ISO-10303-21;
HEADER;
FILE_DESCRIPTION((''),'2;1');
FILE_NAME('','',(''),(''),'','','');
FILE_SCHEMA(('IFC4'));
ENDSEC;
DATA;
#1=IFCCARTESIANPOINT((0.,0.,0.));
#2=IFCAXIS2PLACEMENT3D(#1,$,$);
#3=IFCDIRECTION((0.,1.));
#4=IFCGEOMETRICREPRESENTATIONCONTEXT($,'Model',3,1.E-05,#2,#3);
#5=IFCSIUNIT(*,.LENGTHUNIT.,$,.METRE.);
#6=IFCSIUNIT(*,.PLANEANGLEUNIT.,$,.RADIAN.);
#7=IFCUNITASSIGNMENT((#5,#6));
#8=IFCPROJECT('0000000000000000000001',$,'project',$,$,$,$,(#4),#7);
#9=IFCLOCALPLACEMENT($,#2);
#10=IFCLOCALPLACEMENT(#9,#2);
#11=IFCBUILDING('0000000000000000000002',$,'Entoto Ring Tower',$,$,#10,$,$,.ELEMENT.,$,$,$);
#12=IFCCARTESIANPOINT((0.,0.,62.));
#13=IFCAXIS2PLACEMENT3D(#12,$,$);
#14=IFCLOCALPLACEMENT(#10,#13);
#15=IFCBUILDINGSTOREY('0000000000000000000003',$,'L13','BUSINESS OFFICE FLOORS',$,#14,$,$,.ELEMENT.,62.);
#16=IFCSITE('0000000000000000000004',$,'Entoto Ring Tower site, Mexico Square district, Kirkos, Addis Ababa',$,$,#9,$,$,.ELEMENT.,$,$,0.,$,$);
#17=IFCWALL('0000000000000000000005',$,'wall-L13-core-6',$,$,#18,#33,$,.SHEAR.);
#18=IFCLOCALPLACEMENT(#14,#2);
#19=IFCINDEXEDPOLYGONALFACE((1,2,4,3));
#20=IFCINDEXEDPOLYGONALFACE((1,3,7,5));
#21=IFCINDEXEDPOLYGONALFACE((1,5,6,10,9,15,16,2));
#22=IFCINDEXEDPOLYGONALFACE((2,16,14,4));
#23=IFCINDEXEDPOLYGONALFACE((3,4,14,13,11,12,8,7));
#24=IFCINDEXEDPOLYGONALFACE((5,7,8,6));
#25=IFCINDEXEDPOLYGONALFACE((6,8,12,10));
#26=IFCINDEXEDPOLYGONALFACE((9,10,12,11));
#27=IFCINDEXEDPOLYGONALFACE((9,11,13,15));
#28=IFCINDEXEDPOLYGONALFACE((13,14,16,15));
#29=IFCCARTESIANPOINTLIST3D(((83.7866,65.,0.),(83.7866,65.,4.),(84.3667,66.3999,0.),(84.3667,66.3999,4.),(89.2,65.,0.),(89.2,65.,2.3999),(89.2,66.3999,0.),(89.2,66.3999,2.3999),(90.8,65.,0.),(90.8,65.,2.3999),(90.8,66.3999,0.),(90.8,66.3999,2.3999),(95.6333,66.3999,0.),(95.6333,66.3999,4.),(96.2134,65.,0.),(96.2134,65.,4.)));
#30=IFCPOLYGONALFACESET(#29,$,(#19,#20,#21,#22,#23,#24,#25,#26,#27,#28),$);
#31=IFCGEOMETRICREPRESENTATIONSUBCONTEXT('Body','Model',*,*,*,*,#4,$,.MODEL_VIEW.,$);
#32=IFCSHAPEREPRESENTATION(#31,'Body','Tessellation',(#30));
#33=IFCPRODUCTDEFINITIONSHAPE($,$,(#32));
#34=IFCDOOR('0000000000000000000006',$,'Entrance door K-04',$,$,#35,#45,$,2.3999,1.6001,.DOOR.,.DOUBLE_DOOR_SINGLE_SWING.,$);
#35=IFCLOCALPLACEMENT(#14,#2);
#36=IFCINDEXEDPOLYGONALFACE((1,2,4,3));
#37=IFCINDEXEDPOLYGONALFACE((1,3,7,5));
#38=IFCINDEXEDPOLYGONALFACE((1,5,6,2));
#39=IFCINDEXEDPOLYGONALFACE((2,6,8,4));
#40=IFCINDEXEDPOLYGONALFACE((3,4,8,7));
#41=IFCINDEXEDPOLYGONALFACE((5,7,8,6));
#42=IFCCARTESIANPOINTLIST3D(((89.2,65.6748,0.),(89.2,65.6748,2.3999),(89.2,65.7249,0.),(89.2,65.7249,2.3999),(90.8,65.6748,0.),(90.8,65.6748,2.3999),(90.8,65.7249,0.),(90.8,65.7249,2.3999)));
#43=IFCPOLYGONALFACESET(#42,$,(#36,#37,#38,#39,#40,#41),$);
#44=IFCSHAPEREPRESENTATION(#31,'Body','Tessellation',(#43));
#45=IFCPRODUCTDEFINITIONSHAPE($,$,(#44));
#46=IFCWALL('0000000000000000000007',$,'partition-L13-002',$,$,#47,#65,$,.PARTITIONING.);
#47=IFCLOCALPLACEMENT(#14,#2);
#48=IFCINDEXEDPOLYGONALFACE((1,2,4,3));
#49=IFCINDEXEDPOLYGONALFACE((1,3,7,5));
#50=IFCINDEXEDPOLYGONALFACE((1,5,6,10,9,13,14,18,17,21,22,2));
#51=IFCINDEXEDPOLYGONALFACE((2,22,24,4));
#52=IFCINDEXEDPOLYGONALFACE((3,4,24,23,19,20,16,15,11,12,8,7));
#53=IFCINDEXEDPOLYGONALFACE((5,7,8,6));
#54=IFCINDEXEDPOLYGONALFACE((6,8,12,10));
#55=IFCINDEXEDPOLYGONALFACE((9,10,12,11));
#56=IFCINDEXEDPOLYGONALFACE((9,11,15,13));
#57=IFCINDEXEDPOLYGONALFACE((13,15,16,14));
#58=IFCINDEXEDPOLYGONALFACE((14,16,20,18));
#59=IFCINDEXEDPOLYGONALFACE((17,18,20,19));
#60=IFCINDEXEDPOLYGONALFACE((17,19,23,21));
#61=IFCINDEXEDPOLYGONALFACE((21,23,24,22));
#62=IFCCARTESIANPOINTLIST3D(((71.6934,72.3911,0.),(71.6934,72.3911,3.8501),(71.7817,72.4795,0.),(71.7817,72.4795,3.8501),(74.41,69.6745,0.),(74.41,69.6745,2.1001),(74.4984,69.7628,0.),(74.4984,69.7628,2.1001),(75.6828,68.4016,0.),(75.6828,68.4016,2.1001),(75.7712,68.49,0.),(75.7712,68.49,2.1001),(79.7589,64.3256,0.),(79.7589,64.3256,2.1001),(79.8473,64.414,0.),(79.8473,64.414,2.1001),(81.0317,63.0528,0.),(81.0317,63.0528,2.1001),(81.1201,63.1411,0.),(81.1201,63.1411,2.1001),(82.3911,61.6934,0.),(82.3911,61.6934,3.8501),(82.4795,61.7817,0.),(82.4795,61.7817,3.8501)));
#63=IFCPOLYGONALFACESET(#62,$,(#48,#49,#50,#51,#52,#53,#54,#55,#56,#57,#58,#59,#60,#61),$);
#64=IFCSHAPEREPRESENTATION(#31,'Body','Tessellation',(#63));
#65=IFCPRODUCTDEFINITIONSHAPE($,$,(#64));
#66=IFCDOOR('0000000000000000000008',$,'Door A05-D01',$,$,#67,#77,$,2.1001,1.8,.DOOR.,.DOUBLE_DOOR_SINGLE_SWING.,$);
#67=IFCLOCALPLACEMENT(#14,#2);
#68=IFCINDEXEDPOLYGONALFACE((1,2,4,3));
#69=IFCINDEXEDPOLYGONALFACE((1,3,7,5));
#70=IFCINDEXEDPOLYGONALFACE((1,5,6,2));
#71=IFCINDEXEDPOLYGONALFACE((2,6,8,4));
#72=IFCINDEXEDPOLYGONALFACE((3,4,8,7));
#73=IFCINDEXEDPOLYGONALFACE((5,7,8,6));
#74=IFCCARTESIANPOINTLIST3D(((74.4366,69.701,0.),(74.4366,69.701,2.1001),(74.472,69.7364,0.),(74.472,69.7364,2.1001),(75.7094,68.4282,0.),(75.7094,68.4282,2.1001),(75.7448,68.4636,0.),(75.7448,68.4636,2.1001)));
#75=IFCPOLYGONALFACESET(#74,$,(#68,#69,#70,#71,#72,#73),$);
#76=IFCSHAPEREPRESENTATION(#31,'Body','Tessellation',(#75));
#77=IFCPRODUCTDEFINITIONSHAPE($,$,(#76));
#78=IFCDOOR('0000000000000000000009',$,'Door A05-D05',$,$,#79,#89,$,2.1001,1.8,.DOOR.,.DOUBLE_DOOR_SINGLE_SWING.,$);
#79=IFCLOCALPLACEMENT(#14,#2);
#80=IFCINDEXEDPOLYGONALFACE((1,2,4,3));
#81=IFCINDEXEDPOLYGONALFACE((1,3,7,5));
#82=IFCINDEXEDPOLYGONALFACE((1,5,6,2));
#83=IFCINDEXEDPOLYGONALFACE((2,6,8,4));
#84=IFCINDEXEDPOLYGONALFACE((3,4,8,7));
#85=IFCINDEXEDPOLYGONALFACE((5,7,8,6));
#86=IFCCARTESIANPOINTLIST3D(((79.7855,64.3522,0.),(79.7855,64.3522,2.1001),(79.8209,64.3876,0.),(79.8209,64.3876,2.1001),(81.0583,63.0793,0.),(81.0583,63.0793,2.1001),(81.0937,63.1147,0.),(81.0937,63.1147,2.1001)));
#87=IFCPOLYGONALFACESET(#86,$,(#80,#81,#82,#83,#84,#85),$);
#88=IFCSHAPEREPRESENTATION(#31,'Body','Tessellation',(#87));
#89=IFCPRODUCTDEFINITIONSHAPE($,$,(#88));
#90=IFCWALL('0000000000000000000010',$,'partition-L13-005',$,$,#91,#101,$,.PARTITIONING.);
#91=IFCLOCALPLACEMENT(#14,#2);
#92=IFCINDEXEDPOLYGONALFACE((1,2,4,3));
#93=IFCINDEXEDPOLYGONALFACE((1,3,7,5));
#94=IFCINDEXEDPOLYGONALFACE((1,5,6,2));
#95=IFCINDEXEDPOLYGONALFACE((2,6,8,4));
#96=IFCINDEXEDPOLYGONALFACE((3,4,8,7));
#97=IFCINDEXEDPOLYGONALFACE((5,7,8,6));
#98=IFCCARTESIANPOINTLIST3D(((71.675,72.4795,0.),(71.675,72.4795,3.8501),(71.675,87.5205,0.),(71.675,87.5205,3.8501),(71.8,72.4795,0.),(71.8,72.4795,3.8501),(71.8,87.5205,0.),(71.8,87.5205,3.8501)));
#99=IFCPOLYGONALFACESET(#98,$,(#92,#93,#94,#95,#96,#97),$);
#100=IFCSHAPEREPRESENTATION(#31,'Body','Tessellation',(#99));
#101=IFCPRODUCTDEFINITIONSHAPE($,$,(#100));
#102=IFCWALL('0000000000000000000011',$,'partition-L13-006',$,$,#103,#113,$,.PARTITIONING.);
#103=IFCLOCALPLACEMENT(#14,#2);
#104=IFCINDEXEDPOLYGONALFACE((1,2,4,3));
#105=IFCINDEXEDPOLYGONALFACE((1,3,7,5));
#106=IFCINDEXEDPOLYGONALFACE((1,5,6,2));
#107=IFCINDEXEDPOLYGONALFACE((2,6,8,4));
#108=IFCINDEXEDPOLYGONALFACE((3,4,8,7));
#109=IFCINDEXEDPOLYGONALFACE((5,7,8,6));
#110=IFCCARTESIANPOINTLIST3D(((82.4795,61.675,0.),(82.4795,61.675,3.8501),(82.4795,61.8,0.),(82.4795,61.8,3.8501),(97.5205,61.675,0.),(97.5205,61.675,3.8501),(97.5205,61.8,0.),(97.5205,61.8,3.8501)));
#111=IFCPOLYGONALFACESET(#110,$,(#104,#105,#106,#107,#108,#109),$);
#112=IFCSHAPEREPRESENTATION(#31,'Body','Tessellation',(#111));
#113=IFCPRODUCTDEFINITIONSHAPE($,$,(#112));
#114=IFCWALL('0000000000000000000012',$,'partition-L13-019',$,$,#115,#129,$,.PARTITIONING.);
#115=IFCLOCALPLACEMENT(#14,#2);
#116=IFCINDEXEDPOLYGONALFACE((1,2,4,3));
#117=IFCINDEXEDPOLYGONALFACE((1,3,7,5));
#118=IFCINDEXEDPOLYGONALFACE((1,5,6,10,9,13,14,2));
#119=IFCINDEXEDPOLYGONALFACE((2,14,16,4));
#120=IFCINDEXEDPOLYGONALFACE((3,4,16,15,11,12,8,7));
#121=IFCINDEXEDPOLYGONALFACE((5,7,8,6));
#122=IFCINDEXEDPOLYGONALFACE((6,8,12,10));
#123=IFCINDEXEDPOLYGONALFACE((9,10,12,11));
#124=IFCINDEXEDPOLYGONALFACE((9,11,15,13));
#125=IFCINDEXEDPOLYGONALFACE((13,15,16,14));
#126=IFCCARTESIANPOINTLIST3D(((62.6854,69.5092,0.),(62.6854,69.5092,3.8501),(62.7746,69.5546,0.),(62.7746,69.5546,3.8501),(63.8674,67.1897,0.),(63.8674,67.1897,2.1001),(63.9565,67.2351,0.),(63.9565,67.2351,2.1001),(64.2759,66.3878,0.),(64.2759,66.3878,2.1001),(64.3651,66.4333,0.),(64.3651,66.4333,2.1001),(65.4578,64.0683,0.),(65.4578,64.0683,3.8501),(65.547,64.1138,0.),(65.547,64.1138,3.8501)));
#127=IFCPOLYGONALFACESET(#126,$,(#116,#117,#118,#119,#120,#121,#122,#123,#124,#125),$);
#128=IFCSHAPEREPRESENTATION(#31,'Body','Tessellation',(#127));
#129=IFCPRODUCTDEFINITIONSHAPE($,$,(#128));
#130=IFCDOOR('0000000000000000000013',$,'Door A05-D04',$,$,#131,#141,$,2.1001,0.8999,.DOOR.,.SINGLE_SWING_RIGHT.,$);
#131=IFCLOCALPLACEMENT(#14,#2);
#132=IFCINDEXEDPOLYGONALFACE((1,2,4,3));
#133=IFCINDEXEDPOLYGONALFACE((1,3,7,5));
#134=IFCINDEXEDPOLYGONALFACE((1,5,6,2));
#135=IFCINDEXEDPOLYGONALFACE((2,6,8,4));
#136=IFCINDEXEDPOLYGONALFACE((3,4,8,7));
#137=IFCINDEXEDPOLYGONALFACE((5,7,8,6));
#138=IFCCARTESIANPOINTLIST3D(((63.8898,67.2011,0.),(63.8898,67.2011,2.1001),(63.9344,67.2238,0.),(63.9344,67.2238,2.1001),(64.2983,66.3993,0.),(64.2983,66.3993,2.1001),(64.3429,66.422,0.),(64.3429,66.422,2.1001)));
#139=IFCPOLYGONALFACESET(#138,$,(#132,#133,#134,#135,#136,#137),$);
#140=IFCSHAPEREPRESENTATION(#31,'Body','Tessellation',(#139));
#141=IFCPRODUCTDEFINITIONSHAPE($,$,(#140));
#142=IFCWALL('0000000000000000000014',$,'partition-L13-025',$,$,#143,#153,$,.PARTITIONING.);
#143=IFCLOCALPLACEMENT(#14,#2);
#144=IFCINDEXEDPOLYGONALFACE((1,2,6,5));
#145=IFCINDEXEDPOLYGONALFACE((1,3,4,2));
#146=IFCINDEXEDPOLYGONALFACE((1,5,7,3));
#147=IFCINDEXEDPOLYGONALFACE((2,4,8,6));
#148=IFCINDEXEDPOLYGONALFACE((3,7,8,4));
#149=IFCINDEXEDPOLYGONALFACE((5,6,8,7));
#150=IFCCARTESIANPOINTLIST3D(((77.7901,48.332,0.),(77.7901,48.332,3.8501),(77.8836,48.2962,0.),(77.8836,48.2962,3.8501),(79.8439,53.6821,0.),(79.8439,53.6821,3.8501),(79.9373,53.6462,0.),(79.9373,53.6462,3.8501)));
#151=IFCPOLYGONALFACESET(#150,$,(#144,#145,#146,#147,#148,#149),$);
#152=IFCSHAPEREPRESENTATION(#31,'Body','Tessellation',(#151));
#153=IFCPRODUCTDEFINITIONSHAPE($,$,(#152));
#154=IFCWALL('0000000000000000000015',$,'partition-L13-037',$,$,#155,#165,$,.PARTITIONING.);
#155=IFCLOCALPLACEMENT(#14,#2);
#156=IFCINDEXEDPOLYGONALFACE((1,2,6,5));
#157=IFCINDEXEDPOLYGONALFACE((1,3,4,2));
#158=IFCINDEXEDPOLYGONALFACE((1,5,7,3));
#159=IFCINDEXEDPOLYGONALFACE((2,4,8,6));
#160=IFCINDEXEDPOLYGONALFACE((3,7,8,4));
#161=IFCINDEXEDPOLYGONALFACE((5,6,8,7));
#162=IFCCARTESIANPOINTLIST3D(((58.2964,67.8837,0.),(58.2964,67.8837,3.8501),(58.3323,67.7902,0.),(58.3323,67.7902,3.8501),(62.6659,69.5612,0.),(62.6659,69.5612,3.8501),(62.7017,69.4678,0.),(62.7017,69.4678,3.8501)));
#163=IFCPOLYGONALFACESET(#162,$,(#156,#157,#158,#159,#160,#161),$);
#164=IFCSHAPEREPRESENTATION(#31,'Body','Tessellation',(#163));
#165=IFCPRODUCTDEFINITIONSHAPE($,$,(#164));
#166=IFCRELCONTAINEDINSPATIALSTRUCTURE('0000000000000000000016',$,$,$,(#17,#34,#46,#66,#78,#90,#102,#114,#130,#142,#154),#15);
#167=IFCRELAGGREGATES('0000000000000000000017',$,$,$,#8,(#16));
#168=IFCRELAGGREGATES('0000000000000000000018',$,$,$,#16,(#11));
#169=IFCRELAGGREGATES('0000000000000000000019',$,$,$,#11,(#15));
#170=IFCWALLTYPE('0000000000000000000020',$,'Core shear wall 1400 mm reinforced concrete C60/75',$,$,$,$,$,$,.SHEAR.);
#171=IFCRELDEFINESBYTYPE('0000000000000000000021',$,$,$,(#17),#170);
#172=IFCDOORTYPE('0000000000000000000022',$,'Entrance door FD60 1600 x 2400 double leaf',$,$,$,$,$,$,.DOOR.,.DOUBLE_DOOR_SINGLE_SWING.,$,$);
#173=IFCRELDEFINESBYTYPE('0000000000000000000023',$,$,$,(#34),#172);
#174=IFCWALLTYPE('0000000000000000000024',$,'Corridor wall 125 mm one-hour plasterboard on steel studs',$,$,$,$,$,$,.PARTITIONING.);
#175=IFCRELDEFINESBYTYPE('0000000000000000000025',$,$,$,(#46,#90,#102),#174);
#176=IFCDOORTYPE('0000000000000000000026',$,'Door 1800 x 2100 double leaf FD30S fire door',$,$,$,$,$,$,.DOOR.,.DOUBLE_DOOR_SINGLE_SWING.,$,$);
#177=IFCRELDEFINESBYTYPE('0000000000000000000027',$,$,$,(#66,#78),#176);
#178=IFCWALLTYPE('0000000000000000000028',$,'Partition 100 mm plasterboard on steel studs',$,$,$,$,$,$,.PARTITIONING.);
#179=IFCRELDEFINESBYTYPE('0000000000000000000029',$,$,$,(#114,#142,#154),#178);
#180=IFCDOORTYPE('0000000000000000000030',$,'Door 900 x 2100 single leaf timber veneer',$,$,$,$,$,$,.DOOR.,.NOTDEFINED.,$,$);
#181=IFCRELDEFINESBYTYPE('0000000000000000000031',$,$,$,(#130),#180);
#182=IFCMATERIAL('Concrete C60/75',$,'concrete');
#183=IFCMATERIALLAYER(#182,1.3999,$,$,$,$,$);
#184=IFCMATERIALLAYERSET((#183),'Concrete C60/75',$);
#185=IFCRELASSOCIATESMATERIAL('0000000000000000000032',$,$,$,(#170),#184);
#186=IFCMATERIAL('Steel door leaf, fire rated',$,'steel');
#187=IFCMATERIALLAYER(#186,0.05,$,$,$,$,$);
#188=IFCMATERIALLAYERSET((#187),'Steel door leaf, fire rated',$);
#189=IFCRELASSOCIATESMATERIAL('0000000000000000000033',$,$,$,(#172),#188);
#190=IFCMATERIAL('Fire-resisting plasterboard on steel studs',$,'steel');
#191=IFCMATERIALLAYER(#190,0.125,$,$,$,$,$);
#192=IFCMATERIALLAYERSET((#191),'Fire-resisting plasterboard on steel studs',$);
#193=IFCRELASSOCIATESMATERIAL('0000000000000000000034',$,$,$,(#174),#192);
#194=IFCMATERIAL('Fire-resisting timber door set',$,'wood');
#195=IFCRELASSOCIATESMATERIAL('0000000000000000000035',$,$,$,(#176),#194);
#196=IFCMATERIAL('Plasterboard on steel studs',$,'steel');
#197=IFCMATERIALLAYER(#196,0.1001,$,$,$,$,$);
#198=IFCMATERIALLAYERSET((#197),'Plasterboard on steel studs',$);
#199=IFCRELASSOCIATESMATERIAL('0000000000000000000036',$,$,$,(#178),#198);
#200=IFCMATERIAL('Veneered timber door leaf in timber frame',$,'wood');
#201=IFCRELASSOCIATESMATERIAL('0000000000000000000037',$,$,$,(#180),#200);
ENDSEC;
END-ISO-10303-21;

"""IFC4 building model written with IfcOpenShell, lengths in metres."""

from ifc_helpers import new_model, si_unit, direction, frame, frame_2d, origin, place, context, subcontext, project, spatial, polyline, rectangle, outline, extrude, material, layer, layer_set, type_object, element, fill, save


model = new_model("IFC4")

# Units and contexts
model_context = context("Model", 3, precision=1e-05, world=origin(), true_north=direction((0.0, 1.0)))
body_context = subcontext(model_context, "Body", "Model", "MODEL_VIEW")
ifc_project = project(units=[si_unit("LENGTHUNIT", "METRE"), si_unit("PLANEANGLEUNIT", "RADIAN")], contexts=[model_context])

# Site, building, storey
site_placement = place(None, origin())
site = spatial("IfcSite", under=ifc_project, at=site_placement, Name="Entoto Ring Tower site, Mexico Square district, Kirkos, Addis Ababa", CompositionType="ELEMENT", RefElevation=0.0)
building_placement = place(site_placement, origin())
building = spatial("IfcBuilding", under=site, at=building_placement, Name="Entoto Ring Tower", CompositionType="ELEMENT")
storey_placement = place(building_placement, frame((0.0, 0.0, 62.0)))
storey = spatial("IfcBuildingStorey", under=building, at=storey_placement, Name="L13", Description="BUSINESS OFFICE FLOORS", CompositionType="ELEMENT", Elevation=62.0)

# Wall, opening, door
ifc_material_1 = material(Name="Concrete C60/75", Category="concrete")
ifc_layer_1 = layer(ifc_material_1, 1.3999)
ifc_layer_set_1 = layer_set([ifc_layer_1], Name="Concrete C60/75")
wall_type_1 = type_object("IfcWallType", Name="Core shear wall 1400 mm reinforced concrete C60/75", PredefinedType="SHEAR", material=ifc_layer_set_1)
wall_1_placement = place(storey_placement, frame((84.0767, 65.7, 0.0), z_axis=(0.0, 0.0, 1.0), x_axis=(1.0, 0.0, 0.0)))
wall_1 = element("IfcWall", 1, at=wall_1_placement, inside=storey, type_object=wall_type_1, Name="wall-L13-core-6", PredefinedType="SHEAR", context=body_context, shape_type="SweptSolid", body=[
    extrude(outline(polyline([(-0.29, -0.7), (12.1367, -0.7), (11.5566, 0.7), (0.29, 0.7), (-0.29, -0.7)])), origin(), (0.0, 0.0, 1.0), 4.0),
])
opening_1_placement = place(wall_1_placement, frame((5.1233, 0.0, 0.0)))
opening_1 = element("IfcOpeningElement", 2, at=opening_1_placement, cuts=wall_1, PredefinedType="OPENING", context=body_context, shape_type="SweptSolid", body=[
    extrude(rectangle(XDim=1.6001, YDim=2.3999, at=frame_2d((0.8, 1.2))), frame((0.0, 0.71, 0.0), z_axis=(0.0, -1.0, 0.0), x_axis=(1.0, 0.0, 0.0)), (0.0, 0.0, 1.0), 1.4199),
])
ifc_material_2 = material(Name="Steel door leaf, fire rated", Category="steel")
ifc_layer_2 = layer(ifc_material_2, 0.05)
ifc_layer_set_2 = layer_set([ifc_layer_2], Name="Steel door leaf, fire rated")
door_type_1 = type_object("IfcDoorType", Name="Entrance door FD60 1600 x 2400 double leaf", OperationType="DOUBLE_DOOR_SINGLE_SWING", PredefinedType="DOOR", material=ifc_layer_set_2)
door_1_placement = place(opening_1_placement, origin())
door_1 = element("IfcDoor", 3, at=door_1_placement, inside=storey, type_object=door_type_1, Name="Entrance door K-04", OperationType="DOUBLE_DOOR_SINGLE_SWING", OverallHeight=2.3999, OverallWidth=1.6001, PredefinedType="DOOR", context=body_context, shape_type="SweptSolid", body=[
    extrude(rectangle(XDim=1.6001, YDim=2.3999, at=frame_2d((0.8, 1.2))), frame((0.0, 0.0249, 0.0), z_axis=(0.0, -1.0, 0.0), x_axis=(1.0, 0.0, 0.0)), (0.0, 0.0, 1.0), 0.05),
])
fill(opening_1, door_1)

# Wall, openings, doors
ifc_material_3 = material(Name="Fire-resisting plasterboard on steel studs", Category="steel")
ifc_layer_3 = layer(ifc_material_3, 0.125)
ifc_layer_set_3 = layer_set([ifc_layer_3], Name="Fire-resisting plasterboard on steel studs")
wall_type_2 = type_object("IfcWallType", Name="Corridor wall 125 mm one-hour plasterboard on steel studs", PredefinedType="PARTITIONING", material=ifc_layer_set_3)
wall_2_placement = place(storey_placement, frame((82.4353, 61.7375, 0.0), z_axis=(0.0, 0.0, 1.0), x_axis=(-0.707107, 0.707107, 0.0)))
wall_2 = element("IfcWall", 4, at=wall_2_placement, inside=storey, type_object=wall_type_2, Name="partition-L13-002", PredefinedType="PARTITIONING", context=body_context, shape_type="SweptSolid", body=[
    extrude(rectangle(XDim=15.1289, YDim=0.125, at=frame_2d((7.5645, 0.0))), origin(), (0.0, 0.0, 1.0), 3.8501),
])
opening_2_placement = place(wall_2_placement, frame((9.4871, 0.0, 0.0)))
opening_2 = element("IfcOpeningElement", 5, at=opening_2_placement, cuts=wall_2, PredefinedType="OPENING", context=body_context, shape_type="SweptSolid", body=[
    extrude(rectangle(XDim=1.8, YDim=2.1001, at=frame_2d((0.8999, 1.05))), frame((0.0, 0.0725, 0.0), z_axis=(0.0, -1.0, 0.0), x_axis=(1.0, 0.0, 0.0)), (0.0, 0.0, 1.0), 0.145),
])
opening_3_placement = place(wall_2_placement, frame((1.9226, 0.0, 0.0)))
opening_3 = element("IfcOpeningElement", 6, at=opening_3_placement, cuts=wall_2, PredefinedType="OPENING", context=body_context, shape_type="SweptSolid", body=[
    extrude(rectangle(XDim=1.8, YDim=2.1001, at=frame_2d((0.8999, 1.05))), frame((0.0, 0.0725, 0.0), z_axis=(0.0, -1.0, 0.0), x_axis=(1.0, 0.0, 0.0)), (0.0, 0.0, 1.0), 0.145),
])
ifc_material_4 = material(Name="Fire-resisting timber door set", Category="wood")
door_type_2 = type_object("IfcDoorType", Name="Door 1800 x 2100 double leaf FD30S fire door", OperationType="DOUBLE_DOOR_SINGLE_SWING", PredefinedType="DOOR", material=ifc_material_4)
door_2_placement = place(opening_2_placement, origin())
door_2 = element("IfcDoor", 7, at=door_2_placement, inside=storey, type_object=door_type_2, Name="Door A05-D01", OperationType="DOUBLE_DOOR_SINGLE_SWING", OverallHeight=2.1001, OverallWidth=1.8, PredefinedType="DOOR", context=body_context, shape_type="SweptSolid", body=[
    extrude(rectangle(XDim=1.8, YDim=2.1001, at=frame_2d((0.8999, 1.05))), frame((0.0, 0.0249, 0.0), z_axis=(0.0, -1.0, 0.0), x_axis=(1.0, 0.0, 0.0)), (0.0, 0.0, 1.0), 0.05),
])
fill(opening_2, door_2)
door_3_placement = place(opening_3_placement, origin())
door_3 = element("IfcDoor", 8, at=door_3_placement, inside=storey, type_object=door_type_2, Name="Door A05-D05", OperationType="DOUBLE_DOOR_SINGLE_SWING", OverallHeight=2.1001, OverallWidth=1.8, PredefinedType="DOOR", context=body_context, shape_type="SweptSolid", body=[
    extrude(rectangle(XDim=1.8, YDim=2.1001, at=frame_2d((0.8999, 1.05))), frame((0.0, 0.0249, 0.0), z_axis=(0.0, -1.0, 0.0), x_axis=(1.0, 0.0, 0.0)), (0.0, 0.0, 1.0), 0.05),
])
fill(opening_3, door_3)

# Walls
for number, where, z_axis, x_axis, name in (
    (9, (71.7375, 72.4795, 0.0), (0.0, 0.0, 1.0), (0.0, 1.0, 0.0), "partition-L13-005"),
    (10, (82.4795, 61.7375, 0.0), (0.0, 0.0, 1.0), (1.0, 0.0, 0.0), "partition-L13-006"),
):
    element("IfcWall", number, at=place(storey_placement, frame(where, z_axis=z_axis, x_axis=x_axis)), inside=storey, type_object=wall_type_2, Name=name, PredefinedType="PARTITIONING", context=body_context, shape_type="SweptSolid", body=[
        extrude(rectangle(XDim=15.041, YDim=0.125, at=frame_2d((7.5205, 0.0))), origin(), (0.0, 0.0, 1.0), 3.8501),
    ])

# Wall, opening, door
ifc_material_5 = material(Name="Plasterboard on steel studs", Category="steel")
ifc_layer_4 = layer(ifc_material_5, 0.1001)
ifc_layer_set_4 = layer_set([ifc_layer_4], Name="Plasterboard on steel studs")
wall_type_3 = type_object("IfcWallType", Name="Partition 100 mm plasterboard on steel studs", PredefinedType="PARTITIONING", material=ifc_layer_set_4)
wall_3_placement = place(storey_placement, frame((65.5024, 64.0911, 0.0), z_axis=(0.0, 0.0, 1.0), x_axis=(-0.454013, 0.890995, 0.0)))
wall_3 = element("IfcWall", 11, at=wall_3_placement, inside=storey, type_object=wall_type_3, Name="partition-L13-019", PredefinedType="PARTITIONING", context=body_context, shape_type="SweptSolid", body=[
    extrude(rectangle(XDim=6.1064, YDim=0.1001, at=frame_2d((3.0532, 0.0))), origin(), (0.0, 0.0, 1.0), 3.8501),
])
opening_4_placement = place(wall_3_placement, frame((2.6033, 0.0, 0.0)))
opening_4 = element("IfcOpeningElement", 12, at=opening_4_placement, cuts=wall_3, PredefinedType="OPENING", context=body_context, shape_type="SweptSolid", body=[
    extrude(rectangle(XDim=0.8999, YDim=2.1001, at=frame_2d((0.45, 1.05))), frame((0.0, 0.0601, 0.0), z_axis=(0.0, -1.0, 0.0), x_axis=(1.0, 0.0, 0.0)), (0.0, 0.0, 1.0), 0.1201),
])
ifc_material_6 = material(Name="Veneered timber door leaf in timber frame", Category="wood")
door_type_3 = type_object("IfcDoorType", Name="Door 900 x 2100 single leaf timber veneer", OperationType="NOTDEFINED", PredefinedType="DOOR", material=ifc_material_6)
door_4_placement = place(opening_4_placement, origin())
door_4 = element("IfcDoor", 13, at=door_4_placement, inside=storey, type_object=door_type_3, Name="Door A05-D04", OperationType="SINGLE_SWING_RIGHT", OverallHeight=2.1001, OverallWidth=0.8999, PredefinedType="DOOR", context=body_context, shape_type="SweptSolid", body=[
    extrude(rectangle(XDim=0.8999, YDim=2.1001, at=frame_2d((0.45, 1.05))), frame((0.0, 0.0249, 0.0), z_axis=(0.0, -1.0, 0.0), x_axis=(1.0, 0.0, 0.0)), (0.0, 0.0, 1.0), 0.05),
])
fill(opening_4, door_4)

# Walls
wall_4_placement = place(storey_placement, frame((77.8369, 48.3142, 0.0), z_axis=(0.0, 0.0, 1.0), x_axis=(0.358368, 0.93358, 0.0)))
element("IfcWall", 14, at=wall_4_placement, inside=storey, type_object=wall_type_3, Name="partition-L13-025", PredefinedType="PARTITIONING", context=body_context, shape_type="SweptSolid", body=[
    extrude(rectangle(XDim=5.7307, YDim=0.1001, at=frame_2d((2.8652, 0.0))), origin(), (0.0, 0.0, 1.0), 3.8501),
])
for number, where, z_axis, x_axis, name in (
    (15, (58.3142, 67.8369, 0.0), (0.0, 0.0, 1.0), (0.933563, 0.358413, 0.0), "partition-L13-037"),
):
    element("IfcWall", number, at=place(storey_placement, frame(where, z_axis=z_axis, x_axis=x_axis)), inside=storey, type_object=wall_type_3, Name=name, PredefinedType="PARTITIONING", context=body_context, shape_type="SweptSolid", body=[
        extrude(rectangle(XDim=4.6804, YDim=0.1001, at=frame_2d((2.3403, 0.0))), origin(), (0.0, 0.0, 1.0), 3.8501),
    ])

save(model, "model.ifc")
